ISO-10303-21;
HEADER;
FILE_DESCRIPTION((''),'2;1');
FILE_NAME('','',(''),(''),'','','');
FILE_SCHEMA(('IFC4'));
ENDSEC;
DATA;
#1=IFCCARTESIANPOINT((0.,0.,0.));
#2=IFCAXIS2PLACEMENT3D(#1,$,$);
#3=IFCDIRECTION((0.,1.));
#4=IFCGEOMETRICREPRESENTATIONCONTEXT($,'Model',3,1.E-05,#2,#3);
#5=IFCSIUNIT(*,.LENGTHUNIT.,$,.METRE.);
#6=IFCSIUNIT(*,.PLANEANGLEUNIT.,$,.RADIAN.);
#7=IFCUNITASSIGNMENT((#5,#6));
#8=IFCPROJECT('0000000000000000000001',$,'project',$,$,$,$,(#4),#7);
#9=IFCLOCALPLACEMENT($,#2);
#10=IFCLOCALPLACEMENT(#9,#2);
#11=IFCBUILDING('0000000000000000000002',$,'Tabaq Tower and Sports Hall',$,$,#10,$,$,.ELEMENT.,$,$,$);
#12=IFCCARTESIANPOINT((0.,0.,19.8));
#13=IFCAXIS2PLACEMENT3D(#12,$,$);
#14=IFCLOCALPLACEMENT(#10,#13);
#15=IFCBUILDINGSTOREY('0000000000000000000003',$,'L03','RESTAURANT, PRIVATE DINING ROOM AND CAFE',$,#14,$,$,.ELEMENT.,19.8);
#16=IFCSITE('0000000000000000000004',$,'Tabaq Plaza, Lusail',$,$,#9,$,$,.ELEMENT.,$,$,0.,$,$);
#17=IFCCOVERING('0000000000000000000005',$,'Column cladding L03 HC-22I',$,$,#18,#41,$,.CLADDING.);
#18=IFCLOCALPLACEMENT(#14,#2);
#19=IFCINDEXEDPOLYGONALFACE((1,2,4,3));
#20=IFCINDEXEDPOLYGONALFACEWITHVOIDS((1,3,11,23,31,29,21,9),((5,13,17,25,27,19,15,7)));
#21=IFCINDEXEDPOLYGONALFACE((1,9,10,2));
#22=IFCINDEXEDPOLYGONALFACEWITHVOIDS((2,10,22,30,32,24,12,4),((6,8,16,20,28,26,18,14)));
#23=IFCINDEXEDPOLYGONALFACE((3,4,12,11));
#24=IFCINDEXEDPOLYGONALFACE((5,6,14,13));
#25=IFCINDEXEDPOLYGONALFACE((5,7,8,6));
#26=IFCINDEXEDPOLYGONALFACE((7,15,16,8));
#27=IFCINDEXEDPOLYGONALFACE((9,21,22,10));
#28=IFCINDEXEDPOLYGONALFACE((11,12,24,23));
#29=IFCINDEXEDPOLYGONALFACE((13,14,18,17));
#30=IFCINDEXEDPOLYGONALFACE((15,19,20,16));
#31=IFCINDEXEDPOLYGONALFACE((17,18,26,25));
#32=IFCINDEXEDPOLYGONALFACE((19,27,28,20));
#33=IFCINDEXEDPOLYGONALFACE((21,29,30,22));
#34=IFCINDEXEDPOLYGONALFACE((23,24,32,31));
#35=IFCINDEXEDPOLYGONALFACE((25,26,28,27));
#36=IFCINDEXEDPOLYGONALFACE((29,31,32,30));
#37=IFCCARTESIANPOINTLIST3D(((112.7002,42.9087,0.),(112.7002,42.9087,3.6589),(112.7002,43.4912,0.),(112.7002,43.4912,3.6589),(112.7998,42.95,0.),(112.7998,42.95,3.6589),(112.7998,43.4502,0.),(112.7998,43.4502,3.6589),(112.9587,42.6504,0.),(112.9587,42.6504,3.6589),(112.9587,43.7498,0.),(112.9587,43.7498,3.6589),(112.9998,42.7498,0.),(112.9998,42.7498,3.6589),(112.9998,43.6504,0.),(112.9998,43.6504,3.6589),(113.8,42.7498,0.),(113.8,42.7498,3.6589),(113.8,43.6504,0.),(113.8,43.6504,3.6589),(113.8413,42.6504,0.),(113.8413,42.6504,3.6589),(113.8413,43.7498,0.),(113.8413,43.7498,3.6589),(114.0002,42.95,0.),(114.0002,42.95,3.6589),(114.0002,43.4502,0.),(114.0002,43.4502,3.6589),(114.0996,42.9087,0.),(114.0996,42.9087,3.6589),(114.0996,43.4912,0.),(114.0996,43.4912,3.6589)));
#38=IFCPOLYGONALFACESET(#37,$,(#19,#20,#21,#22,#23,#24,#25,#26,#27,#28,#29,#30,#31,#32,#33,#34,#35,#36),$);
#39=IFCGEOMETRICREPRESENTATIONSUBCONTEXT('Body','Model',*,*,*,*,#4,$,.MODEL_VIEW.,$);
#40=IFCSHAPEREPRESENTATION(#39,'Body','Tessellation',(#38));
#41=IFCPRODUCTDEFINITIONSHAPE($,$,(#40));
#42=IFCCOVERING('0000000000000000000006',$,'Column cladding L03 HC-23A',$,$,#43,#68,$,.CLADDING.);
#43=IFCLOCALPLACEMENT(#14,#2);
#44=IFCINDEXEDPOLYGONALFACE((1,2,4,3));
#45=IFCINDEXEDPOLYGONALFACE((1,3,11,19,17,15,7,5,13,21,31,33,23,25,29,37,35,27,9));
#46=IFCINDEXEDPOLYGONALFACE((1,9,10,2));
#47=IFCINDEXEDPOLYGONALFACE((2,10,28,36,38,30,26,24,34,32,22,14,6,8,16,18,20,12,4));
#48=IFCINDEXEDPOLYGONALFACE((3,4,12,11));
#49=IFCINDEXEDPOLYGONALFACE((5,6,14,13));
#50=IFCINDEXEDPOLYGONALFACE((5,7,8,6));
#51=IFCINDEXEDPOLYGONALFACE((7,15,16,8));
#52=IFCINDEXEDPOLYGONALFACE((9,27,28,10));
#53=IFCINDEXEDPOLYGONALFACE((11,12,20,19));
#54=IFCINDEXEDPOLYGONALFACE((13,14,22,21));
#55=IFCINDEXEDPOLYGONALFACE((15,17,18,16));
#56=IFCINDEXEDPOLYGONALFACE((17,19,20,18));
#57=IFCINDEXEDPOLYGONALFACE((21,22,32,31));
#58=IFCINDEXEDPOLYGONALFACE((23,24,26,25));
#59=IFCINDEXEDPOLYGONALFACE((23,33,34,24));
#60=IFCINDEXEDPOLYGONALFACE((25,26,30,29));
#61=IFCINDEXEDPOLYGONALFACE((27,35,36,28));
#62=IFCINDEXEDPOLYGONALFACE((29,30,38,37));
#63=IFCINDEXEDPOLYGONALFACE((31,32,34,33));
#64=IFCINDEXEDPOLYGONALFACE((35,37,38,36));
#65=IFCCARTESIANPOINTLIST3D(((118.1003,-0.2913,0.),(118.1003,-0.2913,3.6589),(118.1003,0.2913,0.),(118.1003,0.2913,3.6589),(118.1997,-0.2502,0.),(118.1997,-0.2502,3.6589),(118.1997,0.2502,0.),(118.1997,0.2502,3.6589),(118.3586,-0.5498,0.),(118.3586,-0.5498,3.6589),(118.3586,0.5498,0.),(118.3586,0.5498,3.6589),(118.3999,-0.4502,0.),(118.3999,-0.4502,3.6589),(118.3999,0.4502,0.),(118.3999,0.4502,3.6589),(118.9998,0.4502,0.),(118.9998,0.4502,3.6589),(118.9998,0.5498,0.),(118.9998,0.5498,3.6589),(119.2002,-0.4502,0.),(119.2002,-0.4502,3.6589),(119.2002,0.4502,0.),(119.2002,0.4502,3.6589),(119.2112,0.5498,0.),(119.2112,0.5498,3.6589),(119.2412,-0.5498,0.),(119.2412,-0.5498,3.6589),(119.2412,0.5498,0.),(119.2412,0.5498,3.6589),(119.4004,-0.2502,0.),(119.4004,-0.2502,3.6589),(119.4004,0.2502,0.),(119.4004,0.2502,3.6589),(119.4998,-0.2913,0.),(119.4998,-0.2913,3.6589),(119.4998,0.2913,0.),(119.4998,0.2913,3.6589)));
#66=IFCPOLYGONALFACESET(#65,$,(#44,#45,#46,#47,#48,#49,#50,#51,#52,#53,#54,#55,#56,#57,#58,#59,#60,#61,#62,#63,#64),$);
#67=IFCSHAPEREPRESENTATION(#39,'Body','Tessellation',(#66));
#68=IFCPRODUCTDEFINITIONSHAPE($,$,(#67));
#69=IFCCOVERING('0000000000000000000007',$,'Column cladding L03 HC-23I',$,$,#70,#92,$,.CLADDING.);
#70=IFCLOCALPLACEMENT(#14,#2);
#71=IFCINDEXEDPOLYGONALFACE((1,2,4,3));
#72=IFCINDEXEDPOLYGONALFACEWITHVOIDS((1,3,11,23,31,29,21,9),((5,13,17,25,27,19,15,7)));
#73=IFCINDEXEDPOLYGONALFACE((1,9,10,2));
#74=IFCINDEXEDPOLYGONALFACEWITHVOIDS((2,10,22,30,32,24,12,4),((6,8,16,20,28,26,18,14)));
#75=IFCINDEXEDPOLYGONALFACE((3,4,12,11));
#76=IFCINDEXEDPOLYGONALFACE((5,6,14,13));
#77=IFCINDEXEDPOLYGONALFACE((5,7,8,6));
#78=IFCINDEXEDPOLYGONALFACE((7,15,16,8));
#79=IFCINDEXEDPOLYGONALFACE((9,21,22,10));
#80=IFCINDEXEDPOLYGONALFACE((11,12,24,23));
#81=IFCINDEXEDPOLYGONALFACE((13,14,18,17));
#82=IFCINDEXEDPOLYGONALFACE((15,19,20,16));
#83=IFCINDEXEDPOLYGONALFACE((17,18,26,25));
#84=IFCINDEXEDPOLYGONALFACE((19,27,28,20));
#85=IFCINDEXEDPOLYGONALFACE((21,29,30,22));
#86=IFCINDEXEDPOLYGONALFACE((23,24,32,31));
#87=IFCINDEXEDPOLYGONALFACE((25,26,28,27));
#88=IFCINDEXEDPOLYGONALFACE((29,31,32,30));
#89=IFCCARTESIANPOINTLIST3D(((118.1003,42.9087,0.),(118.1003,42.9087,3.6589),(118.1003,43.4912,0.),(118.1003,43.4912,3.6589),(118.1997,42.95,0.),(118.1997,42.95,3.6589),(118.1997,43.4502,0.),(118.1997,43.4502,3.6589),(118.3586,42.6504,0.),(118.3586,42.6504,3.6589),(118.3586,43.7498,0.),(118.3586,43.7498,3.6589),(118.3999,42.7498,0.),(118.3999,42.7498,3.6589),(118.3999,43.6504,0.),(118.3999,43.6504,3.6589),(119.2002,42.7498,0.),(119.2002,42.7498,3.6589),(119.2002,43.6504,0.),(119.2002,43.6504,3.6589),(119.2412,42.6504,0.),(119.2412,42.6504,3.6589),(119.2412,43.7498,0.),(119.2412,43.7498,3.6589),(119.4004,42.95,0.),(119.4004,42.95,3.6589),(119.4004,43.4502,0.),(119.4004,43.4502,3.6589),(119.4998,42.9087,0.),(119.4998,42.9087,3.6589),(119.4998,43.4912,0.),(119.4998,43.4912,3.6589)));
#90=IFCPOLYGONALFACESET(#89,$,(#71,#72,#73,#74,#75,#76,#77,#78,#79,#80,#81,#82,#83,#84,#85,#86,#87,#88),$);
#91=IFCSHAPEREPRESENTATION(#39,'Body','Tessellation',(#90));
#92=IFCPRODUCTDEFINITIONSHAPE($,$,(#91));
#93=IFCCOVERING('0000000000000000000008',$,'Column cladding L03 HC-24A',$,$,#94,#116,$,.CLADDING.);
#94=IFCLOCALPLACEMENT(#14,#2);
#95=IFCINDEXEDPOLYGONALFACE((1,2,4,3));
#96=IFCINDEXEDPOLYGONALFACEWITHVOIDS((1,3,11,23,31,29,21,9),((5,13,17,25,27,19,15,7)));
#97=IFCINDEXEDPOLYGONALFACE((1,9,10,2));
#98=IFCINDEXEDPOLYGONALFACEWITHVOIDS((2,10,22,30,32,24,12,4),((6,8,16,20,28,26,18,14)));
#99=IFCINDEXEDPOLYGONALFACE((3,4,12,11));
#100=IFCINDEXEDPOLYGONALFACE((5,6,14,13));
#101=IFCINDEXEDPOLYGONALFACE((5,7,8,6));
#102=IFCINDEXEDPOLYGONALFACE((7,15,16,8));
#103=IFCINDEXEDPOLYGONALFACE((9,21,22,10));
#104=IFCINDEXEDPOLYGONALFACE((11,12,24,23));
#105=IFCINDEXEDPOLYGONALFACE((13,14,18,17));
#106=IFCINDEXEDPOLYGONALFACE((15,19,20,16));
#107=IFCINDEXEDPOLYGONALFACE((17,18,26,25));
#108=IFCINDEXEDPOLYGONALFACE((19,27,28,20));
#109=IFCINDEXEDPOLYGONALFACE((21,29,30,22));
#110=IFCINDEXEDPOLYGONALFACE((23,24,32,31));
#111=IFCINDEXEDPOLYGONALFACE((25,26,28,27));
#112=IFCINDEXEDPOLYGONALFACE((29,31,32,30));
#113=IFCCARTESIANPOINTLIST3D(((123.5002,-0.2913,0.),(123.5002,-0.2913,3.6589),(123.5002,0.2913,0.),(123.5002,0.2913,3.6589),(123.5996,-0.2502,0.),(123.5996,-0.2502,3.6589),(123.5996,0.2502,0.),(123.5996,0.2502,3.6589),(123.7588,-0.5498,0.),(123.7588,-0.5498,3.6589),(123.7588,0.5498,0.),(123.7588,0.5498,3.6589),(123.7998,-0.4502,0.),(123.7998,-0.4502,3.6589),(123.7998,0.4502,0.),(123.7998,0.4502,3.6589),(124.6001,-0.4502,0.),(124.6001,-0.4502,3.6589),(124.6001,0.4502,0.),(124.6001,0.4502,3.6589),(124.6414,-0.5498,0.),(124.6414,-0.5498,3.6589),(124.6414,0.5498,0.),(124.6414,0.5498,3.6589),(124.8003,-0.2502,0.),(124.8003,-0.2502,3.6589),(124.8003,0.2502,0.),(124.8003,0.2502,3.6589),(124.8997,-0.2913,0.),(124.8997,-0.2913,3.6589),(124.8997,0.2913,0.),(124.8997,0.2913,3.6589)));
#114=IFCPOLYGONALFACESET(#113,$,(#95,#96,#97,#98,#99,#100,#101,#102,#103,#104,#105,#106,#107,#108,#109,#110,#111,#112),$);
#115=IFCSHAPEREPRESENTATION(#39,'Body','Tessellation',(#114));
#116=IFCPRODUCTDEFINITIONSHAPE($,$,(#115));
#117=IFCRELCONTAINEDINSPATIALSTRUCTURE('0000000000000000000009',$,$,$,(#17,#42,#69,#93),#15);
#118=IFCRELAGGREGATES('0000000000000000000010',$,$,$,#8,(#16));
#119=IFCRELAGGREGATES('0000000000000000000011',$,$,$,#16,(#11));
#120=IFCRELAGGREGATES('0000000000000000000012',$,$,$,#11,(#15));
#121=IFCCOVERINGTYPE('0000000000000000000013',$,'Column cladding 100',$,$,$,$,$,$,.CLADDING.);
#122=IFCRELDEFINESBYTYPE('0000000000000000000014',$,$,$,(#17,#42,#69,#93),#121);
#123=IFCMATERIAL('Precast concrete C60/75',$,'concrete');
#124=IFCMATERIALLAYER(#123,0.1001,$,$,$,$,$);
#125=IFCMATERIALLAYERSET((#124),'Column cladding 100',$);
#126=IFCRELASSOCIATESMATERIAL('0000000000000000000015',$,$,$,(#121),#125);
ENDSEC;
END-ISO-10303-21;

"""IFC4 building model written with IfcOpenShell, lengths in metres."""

from ifc_helpers import new_model, si_unit, direction, frame, origin, place, context, subcontext, project, spatial, polyline, outline, extrude, material, layer, layer_set, type_object, element, save


model = new_model("IFC4")

# Units and contexts
model_context = context("Model", 3, precision=1e-05, world=origin(), true_north=direction((0.0, 1.0)))
body_context = subcontext(model_context, "Body", "Model", "MODEL_VIEW")
ifc_project = project(units=[si_unit("LENGTHUNIT", "METRE"), si_unit("PLANEANGLEUNIT", "RADIAN")], contexts=[model_context])

# Site, building, storey
site_placement = place(None, origin())
site = spatial("IfcSite", under=ifc_project, at=site_placement, Name="Tabaq Plaza, Lusail", CompositionType="ELEMENT", RefElevation=0.0)
building_placement = place(site_placement, origin())
building = spatial("IfcBuilding", under=site, at=building_placement, Name="Tabaq Tower and Sports Hall", CompositionType="ELEMENT")
storey_placement = place(building_placement, frame((0.0, 0.0, 19.8)))
storey = spatial("IfcBuildingStorey", under=building, at=storey_placement, Name="L03", Description="RESTAURANT, PRIVATE DINING ROOM AND CAFE", CompositionType="ELEMENT", Elevation=19.8)

# Coverings
ifc_material_1 = material(Name="Precast concrete C60/75", Category="concrete")
ifc_layer_1 = layer(ifc_material_1, 0.1001)
ifc_layer_set_1 = layer_set([ifc_layer_1], Name="Column cladding 100")
covering_type = type_object("IfcCoveringType", Name="Column cladding 100", PredefinedType="CLADDING", material=ifc_layer_set_1)
covering_1_placement = place(storey_placement, origin())
element("IfcCovering", 1, at=covering_1_placement, inside=storey, type_object=covering_type, Name="Column cladding L03 HC-22I", PredefinedType="CLADDING", context=body_context, shape_type="SweptSolid", body=[
    extrude(outline(polyline([(112.7002, 42.9087), (112.7002, 43.4912), (112.9587, 43.7498), (113.8413, 43.7498), (114.0996, 43.4912), (114.0996, 42.9087), (113.8413, 42.6504), (112.9587, 42.6504), (112.7002, 42.9087)]), holes=[polyline([(113.8, 42.7498), (114.0002, 42.95), (114.0002, 43.4502), (113.8, 43.6504), (112.9998, 43.6504), (112.7998, 43.4502), (112.7998, 42.95), (112.9998, 42.7498), (113.8, 42.7498)])]), origin(), (0.0, 0.0, 1.0), 3.6589),
])
covering_2_placement = place(storey_placement, origin())
element("IfcCovering", 2, at=covering_2_placement, inside=storey, type_object=covering_type, Name="Column cladding L03 HC-23A", PredefinedType="CLADDING", context=body_context, shape_type="SweptSolid", body=[
    extrude(outline(polyline([(118.1003, 0.2913), (118.3586, 0.5498), (118.9998, 0.5498), (118.9998, 0.4502), (118.3999, 0.4502), (118.1997, 0.2502), (118.1997, -0.2502), (118.3999, -0.4502), (119.2002, -0.4502), (119.4004, -0.2502), (119.4004, 0.2502), (119.2002, 0.4502), (119.2112, 0.5498), (119.2412, 0.5498), (119.4998, 0.2913), (119.4998, -0.2913), (119.2412, -0.5498), (118.3586, -0.5498), (118.1003, -0.2913), (118.1003, 0.2913)])), origin(), (0.0, 0.0, 1.0), 3.6589),
])
covering_3_placement = place(storey_placement, origin())
element("IfcCovering", 3, at=covering_3_placement, inside=storey, type_object=covering_type, Name="Column cladding L03 HC-23I", PredefinedType="CLADDING", context=body_context, shape_type="SweptSolid", body=[
    extrude(outline(polyline([(118.1003, 42.9087), (118.1003, 43.4912), (118.3586, 43.7498), (119.2412, 43.7498), (119.4998, 43.4912), (119.4998, 42.9087), (119.2412, 42.6504), (118.3586, 42.6504), (118.1003, 42.9087)]), holes=[polyline([(119.2002, 42.7498), (119.4004, 42.95), (119.4004, 43.4502), (119.2002, 43.6504), (118.3999, 43.6504), (118.1997, 43.4502), (118.1997, 42.95), (118.3999, 42.7498), (119.2002, 42.7498)])]), origin(), (0.0, 0.0, 1.0), 3.6589),
])
covering_4_placement = place(storey_placement, origin())
element("IfcCovering", 4, at=covering_4_placement, inside=storey, type_object=covering_type, Name="Column cladding L03 HC-24A", PredefinedType="CLADDING", context=body_context, shape_type="SweptSolid", body=[
    extrude(outline(polyline([(123.5002, -0.2913), (123.5002, 0.2913), (123.7588, 0.5498), (124.6414, 0.5498), (124.8997, 0.2913), (124.8997, -0.2913), (124.6414, -0.5498), (123.7588, -0.5498), (123.5002, -0.2913)]), holes=[polyline([(124.6001, -0.4502), (124.8003, -0.2502), (124.8003, 0.2502), (124.6001, 0.4502), (123.7998, 0.4502), (123.5996, 0.2502), (123.5996, -0.2502), (123.7998, -0.4502), (124.6001, -0.4502)])]), origin(), (0.0, 0.0, 1.0), 3.6589),
])

save(model, "model.ifc")
